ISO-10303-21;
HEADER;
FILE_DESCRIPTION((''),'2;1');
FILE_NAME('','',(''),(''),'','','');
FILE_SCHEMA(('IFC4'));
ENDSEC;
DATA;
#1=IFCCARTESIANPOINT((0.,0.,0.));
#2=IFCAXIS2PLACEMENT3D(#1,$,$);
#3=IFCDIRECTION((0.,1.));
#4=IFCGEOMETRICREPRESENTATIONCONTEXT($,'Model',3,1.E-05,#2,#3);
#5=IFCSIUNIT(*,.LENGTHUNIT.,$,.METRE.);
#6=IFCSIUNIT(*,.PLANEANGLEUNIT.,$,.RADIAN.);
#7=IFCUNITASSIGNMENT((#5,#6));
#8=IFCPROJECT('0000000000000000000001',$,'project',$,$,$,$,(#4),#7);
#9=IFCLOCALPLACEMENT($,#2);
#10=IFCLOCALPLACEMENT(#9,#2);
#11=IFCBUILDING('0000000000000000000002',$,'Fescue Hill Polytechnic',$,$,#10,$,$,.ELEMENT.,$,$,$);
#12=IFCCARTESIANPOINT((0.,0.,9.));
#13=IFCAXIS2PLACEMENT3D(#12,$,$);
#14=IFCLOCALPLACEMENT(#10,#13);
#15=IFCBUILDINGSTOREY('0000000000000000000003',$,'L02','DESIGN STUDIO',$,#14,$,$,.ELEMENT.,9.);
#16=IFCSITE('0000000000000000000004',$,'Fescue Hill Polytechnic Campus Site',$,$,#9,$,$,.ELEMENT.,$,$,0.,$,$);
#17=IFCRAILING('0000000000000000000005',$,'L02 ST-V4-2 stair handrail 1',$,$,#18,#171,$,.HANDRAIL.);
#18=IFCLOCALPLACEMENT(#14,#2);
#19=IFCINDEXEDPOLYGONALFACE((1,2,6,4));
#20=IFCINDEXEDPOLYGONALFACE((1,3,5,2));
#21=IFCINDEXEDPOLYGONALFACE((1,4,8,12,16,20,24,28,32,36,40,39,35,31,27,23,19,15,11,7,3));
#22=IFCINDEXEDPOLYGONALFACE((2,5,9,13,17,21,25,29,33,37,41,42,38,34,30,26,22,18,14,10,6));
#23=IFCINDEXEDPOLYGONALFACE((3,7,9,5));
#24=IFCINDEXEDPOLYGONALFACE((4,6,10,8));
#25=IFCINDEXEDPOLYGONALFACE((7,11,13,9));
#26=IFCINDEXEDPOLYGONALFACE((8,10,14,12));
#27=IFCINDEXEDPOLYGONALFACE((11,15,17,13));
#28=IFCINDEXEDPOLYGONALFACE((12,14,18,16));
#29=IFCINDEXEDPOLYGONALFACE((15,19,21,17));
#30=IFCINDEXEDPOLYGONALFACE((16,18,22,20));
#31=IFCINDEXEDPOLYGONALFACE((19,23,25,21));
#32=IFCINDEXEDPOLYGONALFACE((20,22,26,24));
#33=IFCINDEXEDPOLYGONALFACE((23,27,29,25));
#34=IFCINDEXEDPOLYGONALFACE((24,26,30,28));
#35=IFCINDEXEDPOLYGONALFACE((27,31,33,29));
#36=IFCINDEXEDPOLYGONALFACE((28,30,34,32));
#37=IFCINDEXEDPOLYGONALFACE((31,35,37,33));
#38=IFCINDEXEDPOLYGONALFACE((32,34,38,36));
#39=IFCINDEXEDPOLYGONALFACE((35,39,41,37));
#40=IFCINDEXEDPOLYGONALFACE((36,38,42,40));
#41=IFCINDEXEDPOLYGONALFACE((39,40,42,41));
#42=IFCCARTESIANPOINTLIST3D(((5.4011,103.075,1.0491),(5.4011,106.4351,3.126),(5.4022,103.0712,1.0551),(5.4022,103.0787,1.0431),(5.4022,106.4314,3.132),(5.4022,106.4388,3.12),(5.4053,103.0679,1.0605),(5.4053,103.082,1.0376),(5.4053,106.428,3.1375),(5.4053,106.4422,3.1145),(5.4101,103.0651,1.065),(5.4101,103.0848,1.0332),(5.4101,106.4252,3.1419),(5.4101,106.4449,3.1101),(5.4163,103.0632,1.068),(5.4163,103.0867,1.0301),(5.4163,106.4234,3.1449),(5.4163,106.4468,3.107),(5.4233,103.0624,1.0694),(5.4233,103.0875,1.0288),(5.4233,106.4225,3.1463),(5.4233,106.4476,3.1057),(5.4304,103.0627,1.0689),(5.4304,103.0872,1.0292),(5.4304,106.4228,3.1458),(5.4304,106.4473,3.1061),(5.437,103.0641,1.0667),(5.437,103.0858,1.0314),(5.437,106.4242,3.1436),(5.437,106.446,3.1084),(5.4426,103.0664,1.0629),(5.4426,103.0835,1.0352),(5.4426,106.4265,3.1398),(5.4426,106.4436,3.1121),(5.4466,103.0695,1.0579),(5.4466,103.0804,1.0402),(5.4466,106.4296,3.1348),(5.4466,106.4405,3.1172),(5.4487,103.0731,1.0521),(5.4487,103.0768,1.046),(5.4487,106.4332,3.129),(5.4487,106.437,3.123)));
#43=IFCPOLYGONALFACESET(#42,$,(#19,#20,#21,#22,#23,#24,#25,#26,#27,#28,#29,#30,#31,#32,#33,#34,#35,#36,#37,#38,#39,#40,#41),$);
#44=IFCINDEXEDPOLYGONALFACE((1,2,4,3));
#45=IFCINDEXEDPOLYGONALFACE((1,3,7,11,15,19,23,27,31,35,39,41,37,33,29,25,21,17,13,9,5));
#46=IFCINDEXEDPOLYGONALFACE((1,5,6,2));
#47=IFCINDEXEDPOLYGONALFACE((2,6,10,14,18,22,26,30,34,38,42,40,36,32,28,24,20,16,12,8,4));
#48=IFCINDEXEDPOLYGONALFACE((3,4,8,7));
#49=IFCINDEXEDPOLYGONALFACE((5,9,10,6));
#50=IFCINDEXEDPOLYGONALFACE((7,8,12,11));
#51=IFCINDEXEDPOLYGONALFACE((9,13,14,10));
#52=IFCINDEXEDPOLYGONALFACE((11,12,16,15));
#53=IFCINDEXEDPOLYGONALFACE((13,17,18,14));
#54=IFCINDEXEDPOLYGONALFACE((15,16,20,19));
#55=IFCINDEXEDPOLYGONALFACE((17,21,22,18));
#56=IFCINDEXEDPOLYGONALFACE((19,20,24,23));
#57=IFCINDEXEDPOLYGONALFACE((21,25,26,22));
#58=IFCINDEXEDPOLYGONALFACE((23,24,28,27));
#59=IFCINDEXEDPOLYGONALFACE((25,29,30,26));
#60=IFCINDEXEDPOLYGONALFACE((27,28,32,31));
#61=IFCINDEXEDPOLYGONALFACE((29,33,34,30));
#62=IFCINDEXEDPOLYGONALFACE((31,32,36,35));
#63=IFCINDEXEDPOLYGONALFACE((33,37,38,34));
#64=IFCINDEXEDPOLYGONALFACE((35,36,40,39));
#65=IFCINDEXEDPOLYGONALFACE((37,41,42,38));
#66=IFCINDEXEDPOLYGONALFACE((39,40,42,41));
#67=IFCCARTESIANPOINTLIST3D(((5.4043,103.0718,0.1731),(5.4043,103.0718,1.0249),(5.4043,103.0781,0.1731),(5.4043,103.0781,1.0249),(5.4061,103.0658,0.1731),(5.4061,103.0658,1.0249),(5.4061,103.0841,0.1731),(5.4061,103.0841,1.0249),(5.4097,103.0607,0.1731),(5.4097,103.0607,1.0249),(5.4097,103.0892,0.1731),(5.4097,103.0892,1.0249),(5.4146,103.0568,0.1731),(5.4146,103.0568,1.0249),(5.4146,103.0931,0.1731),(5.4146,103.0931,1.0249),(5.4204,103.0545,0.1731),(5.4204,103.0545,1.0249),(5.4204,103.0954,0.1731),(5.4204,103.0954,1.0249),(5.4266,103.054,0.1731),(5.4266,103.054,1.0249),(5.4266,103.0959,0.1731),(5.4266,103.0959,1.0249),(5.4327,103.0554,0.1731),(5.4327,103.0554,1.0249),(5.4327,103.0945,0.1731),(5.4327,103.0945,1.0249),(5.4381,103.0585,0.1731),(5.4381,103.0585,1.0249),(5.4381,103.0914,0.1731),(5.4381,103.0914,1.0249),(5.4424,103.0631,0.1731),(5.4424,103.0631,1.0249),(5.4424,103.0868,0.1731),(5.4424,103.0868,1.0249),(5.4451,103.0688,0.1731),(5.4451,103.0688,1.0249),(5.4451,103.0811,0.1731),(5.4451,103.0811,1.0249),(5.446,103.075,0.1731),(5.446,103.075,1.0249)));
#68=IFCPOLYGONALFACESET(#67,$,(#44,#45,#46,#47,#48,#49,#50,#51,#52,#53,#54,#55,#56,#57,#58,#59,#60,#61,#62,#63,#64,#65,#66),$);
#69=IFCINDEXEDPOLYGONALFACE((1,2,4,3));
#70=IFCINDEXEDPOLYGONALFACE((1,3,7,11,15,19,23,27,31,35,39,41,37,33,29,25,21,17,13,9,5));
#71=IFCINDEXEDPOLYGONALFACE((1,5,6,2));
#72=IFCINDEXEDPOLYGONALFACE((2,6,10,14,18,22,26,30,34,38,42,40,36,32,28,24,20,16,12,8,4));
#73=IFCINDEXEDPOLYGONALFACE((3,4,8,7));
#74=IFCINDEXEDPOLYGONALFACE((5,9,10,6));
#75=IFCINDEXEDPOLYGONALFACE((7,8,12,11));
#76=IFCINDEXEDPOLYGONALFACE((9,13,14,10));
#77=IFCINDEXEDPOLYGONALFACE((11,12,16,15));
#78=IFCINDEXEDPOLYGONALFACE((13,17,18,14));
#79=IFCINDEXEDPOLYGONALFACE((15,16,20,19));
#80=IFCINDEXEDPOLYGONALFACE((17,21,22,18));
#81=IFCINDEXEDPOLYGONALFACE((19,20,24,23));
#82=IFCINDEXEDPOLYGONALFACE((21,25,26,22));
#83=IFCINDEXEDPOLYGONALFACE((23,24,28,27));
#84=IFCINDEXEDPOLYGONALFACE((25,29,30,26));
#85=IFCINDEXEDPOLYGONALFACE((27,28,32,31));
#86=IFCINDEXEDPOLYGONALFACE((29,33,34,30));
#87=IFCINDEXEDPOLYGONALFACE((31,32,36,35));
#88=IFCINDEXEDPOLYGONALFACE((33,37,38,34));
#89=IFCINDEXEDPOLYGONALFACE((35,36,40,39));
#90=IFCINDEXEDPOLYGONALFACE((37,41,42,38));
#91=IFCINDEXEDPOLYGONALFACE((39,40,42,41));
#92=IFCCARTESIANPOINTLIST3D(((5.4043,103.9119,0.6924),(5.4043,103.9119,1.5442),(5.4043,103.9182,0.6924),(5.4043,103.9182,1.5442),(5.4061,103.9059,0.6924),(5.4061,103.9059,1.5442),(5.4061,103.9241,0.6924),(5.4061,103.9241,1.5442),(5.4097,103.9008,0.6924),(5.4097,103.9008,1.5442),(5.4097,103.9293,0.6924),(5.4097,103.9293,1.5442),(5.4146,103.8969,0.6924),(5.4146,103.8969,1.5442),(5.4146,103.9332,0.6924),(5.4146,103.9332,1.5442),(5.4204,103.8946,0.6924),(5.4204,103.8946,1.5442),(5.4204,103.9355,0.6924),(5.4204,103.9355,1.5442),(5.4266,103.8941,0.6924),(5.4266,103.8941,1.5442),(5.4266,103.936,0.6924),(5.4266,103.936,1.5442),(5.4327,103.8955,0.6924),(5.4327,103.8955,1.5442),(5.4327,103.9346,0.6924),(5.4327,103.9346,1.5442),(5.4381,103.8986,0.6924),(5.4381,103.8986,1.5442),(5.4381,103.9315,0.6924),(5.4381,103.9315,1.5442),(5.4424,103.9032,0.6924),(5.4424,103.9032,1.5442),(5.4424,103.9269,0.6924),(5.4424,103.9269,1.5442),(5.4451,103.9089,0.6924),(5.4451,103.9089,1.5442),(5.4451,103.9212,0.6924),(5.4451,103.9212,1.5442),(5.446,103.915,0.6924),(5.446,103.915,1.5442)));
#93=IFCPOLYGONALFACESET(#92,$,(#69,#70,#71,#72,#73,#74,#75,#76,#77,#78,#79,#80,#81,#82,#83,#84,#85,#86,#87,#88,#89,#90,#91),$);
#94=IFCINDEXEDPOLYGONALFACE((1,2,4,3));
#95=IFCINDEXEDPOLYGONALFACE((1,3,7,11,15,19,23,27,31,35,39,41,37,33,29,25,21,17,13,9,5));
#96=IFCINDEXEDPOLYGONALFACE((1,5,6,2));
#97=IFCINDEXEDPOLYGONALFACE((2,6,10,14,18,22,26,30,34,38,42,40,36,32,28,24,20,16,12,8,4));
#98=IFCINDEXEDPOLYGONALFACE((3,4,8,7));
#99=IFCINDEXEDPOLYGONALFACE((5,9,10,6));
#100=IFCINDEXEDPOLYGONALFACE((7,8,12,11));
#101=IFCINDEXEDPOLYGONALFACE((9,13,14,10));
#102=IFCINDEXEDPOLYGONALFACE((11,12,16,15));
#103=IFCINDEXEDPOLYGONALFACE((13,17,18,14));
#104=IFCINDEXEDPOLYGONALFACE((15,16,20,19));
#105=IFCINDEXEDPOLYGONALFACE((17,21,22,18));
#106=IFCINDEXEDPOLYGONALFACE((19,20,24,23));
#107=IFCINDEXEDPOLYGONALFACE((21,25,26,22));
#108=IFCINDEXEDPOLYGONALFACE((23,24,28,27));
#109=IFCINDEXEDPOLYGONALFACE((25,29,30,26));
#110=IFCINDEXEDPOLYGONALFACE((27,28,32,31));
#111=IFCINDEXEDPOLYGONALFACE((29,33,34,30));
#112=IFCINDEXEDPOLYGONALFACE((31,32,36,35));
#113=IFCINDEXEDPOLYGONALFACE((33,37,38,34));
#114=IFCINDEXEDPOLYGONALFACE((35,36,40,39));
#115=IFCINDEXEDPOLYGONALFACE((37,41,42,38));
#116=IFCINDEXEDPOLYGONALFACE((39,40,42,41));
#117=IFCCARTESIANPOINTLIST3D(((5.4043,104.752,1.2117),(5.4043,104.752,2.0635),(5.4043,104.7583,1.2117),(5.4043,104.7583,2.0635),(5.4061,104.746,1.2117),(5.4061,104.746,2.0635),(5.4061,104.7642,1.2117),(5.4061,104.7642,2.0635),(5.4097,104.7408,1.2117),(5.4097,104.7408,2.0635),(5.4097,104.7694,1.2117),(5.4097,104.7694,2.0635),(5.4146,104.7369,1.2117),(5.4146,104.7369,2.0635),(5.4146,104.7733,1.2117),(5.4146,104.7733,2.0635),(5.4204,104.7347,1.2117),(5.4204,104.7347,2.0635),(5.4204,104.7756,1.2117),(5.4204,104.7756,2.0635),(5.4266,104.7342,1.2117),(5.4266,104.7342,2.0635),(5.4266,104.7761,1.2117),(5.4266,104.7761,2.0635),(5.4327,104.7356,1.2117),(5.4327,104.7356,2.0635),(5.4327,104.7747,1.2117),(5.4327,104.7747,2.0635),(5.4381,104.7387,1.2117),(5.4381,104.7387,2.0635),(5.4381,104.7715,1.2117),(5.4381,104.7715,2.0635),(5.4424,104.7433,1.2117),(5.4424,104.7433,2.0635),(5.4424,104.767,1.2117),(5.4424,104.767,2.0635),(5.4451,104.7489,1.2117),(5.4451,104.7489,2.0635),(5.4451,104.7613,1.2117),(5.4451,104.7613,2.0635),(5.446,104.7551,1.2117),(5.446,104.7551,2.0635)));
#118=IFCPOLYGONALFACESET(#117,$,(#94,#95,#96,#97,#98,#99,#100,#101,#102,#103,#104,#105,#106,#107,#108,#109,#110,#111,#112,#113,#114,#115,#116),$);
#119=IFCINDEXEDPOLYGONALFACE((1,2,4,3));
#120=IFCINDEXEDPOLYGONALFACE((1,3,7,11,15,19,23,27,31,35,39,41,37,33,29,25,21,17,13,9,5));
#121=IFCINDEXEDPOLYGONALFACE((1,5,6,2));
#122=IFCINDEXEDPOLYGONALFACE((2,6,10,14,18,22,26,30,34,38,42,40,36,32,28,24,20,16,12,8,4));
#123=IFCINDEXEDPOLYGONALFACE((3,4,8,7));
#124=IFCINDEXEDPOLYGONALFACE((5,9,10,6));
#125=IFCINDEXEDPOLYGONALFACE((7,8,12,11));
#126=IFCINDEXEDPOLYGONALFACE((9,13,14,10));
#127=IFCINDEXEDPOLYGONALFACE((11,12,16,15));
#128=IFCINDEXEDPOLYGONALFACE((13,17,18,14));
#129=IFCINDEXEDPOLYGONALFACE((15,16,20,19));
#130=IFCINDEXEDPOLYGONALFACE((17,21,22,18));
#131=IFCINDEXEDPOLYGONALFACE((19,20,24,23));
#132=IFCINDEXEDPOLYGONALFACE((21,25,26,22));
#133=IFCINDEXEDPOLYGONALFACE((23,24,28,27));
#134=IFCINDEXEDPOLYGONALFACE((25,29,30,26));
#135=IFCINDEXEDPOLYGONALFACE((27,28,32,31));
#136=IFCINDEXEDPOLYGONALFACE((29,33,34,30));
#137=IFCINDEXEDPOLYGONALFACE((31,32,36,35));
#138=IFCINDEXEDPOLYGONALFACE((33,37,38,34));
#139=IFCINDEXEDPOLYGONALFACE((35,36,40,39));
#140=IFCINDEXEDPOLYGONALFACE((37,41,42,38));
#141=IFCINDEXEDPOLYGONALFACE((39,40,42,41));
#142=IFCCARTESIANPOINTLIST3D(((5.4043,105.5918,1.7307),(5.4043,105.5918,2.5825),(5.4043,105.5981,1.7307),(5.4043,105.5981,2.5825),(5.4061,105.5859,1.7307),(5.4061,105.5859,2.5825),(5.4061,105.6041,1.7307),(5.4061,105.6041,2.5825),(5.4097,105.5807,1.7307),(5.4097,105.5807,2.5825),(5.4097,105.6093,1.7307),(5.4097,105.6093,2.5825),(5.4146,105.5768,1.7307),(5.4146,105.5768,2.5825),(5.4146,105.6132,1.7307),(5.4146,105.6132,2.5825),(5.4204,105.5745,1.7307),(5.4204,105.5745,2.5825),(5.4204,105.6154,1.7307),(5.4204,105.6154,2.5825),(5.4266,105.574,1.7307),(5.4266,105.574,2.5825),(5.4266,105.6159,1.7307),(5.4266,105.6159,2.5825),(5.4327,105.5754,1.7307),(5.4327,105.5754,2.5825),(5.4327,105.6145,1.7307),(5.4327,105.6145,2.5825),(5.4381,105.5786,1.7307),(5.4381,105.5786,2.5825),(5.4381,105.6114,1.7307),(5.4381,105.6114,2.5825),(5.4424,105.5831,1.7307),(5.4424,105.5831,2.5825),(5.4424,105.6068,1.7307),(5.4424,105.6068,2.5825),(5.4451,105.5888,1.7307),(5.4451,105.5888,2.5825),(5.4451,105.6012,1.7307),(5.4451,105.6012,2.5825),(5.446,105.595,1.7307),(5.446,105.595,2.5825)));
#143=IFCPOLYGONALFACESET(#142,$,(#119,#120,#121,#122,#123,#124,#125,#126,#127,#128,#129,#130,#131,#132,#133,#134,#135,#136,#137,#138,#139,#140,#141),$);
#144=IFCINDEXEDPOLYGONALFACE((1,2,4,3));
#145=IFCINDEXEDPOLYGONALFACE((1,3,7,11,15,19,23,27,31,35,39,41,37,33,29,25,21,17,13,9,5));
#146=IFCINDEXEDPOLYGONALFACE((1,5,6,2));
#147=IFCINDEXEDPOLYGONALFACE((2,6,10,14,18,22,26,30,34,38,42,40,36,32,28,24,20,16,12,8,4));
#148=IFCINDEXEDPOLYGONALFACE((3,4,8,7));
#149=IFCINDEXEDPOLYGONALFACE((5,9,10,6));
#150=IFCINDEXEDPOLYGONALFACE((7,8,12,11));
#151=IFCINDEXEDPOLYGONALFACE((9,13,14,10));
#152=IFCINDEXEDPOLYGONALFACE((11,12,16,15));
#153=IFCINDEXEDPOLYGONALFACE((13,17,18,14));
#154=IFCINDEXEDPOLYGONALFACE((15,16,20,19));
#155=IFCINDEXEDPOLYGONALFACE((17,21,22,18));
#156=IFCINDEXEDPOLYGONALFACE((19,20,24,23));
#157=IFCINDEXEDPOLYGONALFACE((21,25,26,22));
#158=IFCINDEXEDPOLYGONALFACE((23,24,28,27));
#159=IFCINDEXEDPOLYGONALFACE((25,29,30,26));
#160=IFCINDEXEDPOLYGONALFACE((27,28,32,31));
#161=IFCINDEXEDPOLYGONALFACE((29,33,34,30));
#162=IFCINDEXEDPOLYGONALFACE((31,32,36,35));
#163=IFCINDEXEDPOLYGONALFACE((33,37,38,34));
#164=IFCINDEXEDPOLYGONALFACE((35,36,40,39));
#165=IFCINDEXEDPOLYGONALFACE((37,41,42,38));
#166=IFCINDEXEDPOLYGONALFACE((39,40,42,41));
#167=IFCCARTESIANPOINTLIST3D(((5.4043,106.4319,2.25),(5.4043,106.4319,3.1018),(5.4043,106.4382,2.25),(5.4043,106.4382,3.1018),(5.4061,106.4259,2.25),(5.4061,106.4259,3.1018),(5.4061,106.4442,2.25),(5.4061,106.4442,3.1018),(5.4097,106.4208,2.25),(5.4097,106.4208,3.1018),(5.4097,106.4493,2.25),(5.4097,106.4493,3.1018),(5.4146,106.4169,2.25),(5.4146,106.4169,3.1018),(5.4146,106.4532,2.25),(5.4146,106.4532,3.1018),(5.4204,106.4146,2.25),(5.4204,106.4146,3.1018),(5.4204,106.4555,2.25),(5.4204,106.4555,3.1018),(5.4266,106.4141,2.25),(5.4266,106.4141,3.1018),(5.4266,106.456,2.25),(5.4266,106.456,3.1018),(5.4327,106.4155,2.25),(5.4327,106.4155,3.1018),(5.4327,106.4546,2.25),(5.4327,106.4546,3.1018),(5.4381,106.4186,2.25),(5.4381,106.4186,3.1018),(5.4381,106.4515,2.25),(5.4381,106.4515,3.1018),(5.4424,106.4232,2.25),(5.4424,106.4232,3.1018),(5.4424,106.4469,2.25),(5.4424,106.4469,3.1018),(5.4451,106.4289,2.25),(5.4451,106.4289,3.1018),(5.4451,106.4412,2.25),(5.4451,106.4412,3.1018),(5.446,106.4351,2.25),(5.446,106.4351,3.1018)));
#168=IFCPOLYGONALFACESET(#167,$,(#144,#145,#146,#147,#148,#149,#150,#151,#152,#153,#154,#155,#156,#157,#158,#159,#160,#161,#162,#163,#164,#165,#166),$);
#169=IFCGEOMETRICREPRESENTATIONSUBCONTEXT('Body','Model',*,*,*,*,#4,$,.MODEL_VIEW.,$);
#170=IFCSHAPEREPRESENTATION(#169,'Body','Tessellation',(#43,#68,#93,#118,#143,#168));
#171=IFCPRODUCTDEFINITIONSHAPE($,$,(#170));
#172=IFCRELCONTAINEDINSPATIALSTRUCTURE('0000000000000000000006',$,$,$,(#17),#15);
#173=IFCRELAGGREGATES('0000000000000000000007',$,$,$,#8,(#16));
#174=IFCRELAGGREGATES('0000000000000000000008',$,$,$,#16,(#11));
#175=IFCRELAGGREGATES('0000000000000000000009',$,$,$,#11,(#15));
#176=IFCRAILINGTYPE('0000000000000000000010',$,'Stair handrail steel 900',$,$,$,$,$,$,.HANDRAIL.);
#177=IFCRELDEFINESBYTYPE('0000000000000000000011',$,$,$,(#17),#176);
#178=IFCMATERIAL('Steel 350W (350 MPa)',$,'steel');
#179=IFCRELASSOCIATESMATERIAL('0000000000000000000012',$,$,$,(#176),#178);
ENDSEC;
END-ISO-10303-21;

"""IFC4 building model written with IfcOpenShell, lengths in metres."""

from ifc_helpers import new_model, si_unit, direction, frame, origin, origin_2d, place, context, subcontext, project, spatial, circle, extrude, material, type_object, element, save


model = new_model("IFC4")

# Units and contexts
model_context = context("Model", 3, precision=1e-05, world=origin(), true_north=direction((0.0, 1.0)))
body_context = subcontext(model_context, "Body", "Model", "MODEL_VIEW")
ifc_project = project(units=[si_unit("LENGTHUNIT", "METRE"), si_unit("PLANEANGLEUNIT", "RADIAN")], contexts=[model_context])

# Site, building, storey
site_placement = place(None, origin())
site = spatial("IfcSite", under=ifc_project, at=site_placement, Name="Fescue Hill Polytechnic Campus Site", CompositionType="ELEMENT", RefElevation=0.0)
building_placement = place(site_placement, origin())
building = spatial("IfcBuilding", under=site, at=building_placement, Name="Fescue Hill Polytechnic", CompositionType="ELEMENT")
storey_placement = place(building_placement, frame((0.0, 0.0, 9.0)))
storey = spatial("IfcBuildingStorey", under=building, at=storey_placement, Name="L02", Description="DESIGN STUDIO", CompositionType="ELEMENT", Elevation=9.0)

# Railing
ifc_material_1 = material(Name="Steel 350W (350 MPa)", Category="steel")
railing_type_1 = type_object("IfcRailingType", Name="Stair handrail steel 900", PredefinedType="HANDRAIL", material=ifc_material_1)
for number, where, name in (
    (1, (5.425, 103.075, 0.1731), "L02 ST-V4-2 stair handrail 1"),
):
    element("IfcRailing", number, at=place(storey_placement, frame(where)), inside=storey, type_object=railing_type_1, Name=name, PredefinedType="HANDRAIL", context=body_context, shape_type="SweptSolid", body=[
        extrude(circle(Radius=0.0239, at=origin_2d()), frame((0.0, 0.0, 0.876), z_axis=(0.0, 0.850623, 0.525776), x_axis=(-1.0, 0.0, 0.0)), (0.0, 0.0, 1.0), 3.9502),
        extrude(circle(Radius=0.021, at=origin_2d()), origin(), (0.0, 0.0, 1.0), 0.8518),
        extrude(circle(Radius=0.021, at=origin_2d()), frame((0.0, 0.8401, 0.5193)), (0.0, 0.0, 1.0), 0.8518),
        extrude(circle(Radius=0.021, at=origin_2d()), frame((0.0, 1.6802, 1.0386)), (0.0, 0.0, 1.0), 0.8518),
        extrude(circle(Radius=0.021, at=origin_2d()), frame((0.0, 2.52, 1.5576)), (0.0, 0.0, 1.0), 0.8518),
        extrude(circle(Radius=0.021, at=origin_2d()), frame((0.0, 3.3601, 2.0769)), (0.0, 0.0, 1.0), 0.8518),
    ])

save(model, "model.ifc")
